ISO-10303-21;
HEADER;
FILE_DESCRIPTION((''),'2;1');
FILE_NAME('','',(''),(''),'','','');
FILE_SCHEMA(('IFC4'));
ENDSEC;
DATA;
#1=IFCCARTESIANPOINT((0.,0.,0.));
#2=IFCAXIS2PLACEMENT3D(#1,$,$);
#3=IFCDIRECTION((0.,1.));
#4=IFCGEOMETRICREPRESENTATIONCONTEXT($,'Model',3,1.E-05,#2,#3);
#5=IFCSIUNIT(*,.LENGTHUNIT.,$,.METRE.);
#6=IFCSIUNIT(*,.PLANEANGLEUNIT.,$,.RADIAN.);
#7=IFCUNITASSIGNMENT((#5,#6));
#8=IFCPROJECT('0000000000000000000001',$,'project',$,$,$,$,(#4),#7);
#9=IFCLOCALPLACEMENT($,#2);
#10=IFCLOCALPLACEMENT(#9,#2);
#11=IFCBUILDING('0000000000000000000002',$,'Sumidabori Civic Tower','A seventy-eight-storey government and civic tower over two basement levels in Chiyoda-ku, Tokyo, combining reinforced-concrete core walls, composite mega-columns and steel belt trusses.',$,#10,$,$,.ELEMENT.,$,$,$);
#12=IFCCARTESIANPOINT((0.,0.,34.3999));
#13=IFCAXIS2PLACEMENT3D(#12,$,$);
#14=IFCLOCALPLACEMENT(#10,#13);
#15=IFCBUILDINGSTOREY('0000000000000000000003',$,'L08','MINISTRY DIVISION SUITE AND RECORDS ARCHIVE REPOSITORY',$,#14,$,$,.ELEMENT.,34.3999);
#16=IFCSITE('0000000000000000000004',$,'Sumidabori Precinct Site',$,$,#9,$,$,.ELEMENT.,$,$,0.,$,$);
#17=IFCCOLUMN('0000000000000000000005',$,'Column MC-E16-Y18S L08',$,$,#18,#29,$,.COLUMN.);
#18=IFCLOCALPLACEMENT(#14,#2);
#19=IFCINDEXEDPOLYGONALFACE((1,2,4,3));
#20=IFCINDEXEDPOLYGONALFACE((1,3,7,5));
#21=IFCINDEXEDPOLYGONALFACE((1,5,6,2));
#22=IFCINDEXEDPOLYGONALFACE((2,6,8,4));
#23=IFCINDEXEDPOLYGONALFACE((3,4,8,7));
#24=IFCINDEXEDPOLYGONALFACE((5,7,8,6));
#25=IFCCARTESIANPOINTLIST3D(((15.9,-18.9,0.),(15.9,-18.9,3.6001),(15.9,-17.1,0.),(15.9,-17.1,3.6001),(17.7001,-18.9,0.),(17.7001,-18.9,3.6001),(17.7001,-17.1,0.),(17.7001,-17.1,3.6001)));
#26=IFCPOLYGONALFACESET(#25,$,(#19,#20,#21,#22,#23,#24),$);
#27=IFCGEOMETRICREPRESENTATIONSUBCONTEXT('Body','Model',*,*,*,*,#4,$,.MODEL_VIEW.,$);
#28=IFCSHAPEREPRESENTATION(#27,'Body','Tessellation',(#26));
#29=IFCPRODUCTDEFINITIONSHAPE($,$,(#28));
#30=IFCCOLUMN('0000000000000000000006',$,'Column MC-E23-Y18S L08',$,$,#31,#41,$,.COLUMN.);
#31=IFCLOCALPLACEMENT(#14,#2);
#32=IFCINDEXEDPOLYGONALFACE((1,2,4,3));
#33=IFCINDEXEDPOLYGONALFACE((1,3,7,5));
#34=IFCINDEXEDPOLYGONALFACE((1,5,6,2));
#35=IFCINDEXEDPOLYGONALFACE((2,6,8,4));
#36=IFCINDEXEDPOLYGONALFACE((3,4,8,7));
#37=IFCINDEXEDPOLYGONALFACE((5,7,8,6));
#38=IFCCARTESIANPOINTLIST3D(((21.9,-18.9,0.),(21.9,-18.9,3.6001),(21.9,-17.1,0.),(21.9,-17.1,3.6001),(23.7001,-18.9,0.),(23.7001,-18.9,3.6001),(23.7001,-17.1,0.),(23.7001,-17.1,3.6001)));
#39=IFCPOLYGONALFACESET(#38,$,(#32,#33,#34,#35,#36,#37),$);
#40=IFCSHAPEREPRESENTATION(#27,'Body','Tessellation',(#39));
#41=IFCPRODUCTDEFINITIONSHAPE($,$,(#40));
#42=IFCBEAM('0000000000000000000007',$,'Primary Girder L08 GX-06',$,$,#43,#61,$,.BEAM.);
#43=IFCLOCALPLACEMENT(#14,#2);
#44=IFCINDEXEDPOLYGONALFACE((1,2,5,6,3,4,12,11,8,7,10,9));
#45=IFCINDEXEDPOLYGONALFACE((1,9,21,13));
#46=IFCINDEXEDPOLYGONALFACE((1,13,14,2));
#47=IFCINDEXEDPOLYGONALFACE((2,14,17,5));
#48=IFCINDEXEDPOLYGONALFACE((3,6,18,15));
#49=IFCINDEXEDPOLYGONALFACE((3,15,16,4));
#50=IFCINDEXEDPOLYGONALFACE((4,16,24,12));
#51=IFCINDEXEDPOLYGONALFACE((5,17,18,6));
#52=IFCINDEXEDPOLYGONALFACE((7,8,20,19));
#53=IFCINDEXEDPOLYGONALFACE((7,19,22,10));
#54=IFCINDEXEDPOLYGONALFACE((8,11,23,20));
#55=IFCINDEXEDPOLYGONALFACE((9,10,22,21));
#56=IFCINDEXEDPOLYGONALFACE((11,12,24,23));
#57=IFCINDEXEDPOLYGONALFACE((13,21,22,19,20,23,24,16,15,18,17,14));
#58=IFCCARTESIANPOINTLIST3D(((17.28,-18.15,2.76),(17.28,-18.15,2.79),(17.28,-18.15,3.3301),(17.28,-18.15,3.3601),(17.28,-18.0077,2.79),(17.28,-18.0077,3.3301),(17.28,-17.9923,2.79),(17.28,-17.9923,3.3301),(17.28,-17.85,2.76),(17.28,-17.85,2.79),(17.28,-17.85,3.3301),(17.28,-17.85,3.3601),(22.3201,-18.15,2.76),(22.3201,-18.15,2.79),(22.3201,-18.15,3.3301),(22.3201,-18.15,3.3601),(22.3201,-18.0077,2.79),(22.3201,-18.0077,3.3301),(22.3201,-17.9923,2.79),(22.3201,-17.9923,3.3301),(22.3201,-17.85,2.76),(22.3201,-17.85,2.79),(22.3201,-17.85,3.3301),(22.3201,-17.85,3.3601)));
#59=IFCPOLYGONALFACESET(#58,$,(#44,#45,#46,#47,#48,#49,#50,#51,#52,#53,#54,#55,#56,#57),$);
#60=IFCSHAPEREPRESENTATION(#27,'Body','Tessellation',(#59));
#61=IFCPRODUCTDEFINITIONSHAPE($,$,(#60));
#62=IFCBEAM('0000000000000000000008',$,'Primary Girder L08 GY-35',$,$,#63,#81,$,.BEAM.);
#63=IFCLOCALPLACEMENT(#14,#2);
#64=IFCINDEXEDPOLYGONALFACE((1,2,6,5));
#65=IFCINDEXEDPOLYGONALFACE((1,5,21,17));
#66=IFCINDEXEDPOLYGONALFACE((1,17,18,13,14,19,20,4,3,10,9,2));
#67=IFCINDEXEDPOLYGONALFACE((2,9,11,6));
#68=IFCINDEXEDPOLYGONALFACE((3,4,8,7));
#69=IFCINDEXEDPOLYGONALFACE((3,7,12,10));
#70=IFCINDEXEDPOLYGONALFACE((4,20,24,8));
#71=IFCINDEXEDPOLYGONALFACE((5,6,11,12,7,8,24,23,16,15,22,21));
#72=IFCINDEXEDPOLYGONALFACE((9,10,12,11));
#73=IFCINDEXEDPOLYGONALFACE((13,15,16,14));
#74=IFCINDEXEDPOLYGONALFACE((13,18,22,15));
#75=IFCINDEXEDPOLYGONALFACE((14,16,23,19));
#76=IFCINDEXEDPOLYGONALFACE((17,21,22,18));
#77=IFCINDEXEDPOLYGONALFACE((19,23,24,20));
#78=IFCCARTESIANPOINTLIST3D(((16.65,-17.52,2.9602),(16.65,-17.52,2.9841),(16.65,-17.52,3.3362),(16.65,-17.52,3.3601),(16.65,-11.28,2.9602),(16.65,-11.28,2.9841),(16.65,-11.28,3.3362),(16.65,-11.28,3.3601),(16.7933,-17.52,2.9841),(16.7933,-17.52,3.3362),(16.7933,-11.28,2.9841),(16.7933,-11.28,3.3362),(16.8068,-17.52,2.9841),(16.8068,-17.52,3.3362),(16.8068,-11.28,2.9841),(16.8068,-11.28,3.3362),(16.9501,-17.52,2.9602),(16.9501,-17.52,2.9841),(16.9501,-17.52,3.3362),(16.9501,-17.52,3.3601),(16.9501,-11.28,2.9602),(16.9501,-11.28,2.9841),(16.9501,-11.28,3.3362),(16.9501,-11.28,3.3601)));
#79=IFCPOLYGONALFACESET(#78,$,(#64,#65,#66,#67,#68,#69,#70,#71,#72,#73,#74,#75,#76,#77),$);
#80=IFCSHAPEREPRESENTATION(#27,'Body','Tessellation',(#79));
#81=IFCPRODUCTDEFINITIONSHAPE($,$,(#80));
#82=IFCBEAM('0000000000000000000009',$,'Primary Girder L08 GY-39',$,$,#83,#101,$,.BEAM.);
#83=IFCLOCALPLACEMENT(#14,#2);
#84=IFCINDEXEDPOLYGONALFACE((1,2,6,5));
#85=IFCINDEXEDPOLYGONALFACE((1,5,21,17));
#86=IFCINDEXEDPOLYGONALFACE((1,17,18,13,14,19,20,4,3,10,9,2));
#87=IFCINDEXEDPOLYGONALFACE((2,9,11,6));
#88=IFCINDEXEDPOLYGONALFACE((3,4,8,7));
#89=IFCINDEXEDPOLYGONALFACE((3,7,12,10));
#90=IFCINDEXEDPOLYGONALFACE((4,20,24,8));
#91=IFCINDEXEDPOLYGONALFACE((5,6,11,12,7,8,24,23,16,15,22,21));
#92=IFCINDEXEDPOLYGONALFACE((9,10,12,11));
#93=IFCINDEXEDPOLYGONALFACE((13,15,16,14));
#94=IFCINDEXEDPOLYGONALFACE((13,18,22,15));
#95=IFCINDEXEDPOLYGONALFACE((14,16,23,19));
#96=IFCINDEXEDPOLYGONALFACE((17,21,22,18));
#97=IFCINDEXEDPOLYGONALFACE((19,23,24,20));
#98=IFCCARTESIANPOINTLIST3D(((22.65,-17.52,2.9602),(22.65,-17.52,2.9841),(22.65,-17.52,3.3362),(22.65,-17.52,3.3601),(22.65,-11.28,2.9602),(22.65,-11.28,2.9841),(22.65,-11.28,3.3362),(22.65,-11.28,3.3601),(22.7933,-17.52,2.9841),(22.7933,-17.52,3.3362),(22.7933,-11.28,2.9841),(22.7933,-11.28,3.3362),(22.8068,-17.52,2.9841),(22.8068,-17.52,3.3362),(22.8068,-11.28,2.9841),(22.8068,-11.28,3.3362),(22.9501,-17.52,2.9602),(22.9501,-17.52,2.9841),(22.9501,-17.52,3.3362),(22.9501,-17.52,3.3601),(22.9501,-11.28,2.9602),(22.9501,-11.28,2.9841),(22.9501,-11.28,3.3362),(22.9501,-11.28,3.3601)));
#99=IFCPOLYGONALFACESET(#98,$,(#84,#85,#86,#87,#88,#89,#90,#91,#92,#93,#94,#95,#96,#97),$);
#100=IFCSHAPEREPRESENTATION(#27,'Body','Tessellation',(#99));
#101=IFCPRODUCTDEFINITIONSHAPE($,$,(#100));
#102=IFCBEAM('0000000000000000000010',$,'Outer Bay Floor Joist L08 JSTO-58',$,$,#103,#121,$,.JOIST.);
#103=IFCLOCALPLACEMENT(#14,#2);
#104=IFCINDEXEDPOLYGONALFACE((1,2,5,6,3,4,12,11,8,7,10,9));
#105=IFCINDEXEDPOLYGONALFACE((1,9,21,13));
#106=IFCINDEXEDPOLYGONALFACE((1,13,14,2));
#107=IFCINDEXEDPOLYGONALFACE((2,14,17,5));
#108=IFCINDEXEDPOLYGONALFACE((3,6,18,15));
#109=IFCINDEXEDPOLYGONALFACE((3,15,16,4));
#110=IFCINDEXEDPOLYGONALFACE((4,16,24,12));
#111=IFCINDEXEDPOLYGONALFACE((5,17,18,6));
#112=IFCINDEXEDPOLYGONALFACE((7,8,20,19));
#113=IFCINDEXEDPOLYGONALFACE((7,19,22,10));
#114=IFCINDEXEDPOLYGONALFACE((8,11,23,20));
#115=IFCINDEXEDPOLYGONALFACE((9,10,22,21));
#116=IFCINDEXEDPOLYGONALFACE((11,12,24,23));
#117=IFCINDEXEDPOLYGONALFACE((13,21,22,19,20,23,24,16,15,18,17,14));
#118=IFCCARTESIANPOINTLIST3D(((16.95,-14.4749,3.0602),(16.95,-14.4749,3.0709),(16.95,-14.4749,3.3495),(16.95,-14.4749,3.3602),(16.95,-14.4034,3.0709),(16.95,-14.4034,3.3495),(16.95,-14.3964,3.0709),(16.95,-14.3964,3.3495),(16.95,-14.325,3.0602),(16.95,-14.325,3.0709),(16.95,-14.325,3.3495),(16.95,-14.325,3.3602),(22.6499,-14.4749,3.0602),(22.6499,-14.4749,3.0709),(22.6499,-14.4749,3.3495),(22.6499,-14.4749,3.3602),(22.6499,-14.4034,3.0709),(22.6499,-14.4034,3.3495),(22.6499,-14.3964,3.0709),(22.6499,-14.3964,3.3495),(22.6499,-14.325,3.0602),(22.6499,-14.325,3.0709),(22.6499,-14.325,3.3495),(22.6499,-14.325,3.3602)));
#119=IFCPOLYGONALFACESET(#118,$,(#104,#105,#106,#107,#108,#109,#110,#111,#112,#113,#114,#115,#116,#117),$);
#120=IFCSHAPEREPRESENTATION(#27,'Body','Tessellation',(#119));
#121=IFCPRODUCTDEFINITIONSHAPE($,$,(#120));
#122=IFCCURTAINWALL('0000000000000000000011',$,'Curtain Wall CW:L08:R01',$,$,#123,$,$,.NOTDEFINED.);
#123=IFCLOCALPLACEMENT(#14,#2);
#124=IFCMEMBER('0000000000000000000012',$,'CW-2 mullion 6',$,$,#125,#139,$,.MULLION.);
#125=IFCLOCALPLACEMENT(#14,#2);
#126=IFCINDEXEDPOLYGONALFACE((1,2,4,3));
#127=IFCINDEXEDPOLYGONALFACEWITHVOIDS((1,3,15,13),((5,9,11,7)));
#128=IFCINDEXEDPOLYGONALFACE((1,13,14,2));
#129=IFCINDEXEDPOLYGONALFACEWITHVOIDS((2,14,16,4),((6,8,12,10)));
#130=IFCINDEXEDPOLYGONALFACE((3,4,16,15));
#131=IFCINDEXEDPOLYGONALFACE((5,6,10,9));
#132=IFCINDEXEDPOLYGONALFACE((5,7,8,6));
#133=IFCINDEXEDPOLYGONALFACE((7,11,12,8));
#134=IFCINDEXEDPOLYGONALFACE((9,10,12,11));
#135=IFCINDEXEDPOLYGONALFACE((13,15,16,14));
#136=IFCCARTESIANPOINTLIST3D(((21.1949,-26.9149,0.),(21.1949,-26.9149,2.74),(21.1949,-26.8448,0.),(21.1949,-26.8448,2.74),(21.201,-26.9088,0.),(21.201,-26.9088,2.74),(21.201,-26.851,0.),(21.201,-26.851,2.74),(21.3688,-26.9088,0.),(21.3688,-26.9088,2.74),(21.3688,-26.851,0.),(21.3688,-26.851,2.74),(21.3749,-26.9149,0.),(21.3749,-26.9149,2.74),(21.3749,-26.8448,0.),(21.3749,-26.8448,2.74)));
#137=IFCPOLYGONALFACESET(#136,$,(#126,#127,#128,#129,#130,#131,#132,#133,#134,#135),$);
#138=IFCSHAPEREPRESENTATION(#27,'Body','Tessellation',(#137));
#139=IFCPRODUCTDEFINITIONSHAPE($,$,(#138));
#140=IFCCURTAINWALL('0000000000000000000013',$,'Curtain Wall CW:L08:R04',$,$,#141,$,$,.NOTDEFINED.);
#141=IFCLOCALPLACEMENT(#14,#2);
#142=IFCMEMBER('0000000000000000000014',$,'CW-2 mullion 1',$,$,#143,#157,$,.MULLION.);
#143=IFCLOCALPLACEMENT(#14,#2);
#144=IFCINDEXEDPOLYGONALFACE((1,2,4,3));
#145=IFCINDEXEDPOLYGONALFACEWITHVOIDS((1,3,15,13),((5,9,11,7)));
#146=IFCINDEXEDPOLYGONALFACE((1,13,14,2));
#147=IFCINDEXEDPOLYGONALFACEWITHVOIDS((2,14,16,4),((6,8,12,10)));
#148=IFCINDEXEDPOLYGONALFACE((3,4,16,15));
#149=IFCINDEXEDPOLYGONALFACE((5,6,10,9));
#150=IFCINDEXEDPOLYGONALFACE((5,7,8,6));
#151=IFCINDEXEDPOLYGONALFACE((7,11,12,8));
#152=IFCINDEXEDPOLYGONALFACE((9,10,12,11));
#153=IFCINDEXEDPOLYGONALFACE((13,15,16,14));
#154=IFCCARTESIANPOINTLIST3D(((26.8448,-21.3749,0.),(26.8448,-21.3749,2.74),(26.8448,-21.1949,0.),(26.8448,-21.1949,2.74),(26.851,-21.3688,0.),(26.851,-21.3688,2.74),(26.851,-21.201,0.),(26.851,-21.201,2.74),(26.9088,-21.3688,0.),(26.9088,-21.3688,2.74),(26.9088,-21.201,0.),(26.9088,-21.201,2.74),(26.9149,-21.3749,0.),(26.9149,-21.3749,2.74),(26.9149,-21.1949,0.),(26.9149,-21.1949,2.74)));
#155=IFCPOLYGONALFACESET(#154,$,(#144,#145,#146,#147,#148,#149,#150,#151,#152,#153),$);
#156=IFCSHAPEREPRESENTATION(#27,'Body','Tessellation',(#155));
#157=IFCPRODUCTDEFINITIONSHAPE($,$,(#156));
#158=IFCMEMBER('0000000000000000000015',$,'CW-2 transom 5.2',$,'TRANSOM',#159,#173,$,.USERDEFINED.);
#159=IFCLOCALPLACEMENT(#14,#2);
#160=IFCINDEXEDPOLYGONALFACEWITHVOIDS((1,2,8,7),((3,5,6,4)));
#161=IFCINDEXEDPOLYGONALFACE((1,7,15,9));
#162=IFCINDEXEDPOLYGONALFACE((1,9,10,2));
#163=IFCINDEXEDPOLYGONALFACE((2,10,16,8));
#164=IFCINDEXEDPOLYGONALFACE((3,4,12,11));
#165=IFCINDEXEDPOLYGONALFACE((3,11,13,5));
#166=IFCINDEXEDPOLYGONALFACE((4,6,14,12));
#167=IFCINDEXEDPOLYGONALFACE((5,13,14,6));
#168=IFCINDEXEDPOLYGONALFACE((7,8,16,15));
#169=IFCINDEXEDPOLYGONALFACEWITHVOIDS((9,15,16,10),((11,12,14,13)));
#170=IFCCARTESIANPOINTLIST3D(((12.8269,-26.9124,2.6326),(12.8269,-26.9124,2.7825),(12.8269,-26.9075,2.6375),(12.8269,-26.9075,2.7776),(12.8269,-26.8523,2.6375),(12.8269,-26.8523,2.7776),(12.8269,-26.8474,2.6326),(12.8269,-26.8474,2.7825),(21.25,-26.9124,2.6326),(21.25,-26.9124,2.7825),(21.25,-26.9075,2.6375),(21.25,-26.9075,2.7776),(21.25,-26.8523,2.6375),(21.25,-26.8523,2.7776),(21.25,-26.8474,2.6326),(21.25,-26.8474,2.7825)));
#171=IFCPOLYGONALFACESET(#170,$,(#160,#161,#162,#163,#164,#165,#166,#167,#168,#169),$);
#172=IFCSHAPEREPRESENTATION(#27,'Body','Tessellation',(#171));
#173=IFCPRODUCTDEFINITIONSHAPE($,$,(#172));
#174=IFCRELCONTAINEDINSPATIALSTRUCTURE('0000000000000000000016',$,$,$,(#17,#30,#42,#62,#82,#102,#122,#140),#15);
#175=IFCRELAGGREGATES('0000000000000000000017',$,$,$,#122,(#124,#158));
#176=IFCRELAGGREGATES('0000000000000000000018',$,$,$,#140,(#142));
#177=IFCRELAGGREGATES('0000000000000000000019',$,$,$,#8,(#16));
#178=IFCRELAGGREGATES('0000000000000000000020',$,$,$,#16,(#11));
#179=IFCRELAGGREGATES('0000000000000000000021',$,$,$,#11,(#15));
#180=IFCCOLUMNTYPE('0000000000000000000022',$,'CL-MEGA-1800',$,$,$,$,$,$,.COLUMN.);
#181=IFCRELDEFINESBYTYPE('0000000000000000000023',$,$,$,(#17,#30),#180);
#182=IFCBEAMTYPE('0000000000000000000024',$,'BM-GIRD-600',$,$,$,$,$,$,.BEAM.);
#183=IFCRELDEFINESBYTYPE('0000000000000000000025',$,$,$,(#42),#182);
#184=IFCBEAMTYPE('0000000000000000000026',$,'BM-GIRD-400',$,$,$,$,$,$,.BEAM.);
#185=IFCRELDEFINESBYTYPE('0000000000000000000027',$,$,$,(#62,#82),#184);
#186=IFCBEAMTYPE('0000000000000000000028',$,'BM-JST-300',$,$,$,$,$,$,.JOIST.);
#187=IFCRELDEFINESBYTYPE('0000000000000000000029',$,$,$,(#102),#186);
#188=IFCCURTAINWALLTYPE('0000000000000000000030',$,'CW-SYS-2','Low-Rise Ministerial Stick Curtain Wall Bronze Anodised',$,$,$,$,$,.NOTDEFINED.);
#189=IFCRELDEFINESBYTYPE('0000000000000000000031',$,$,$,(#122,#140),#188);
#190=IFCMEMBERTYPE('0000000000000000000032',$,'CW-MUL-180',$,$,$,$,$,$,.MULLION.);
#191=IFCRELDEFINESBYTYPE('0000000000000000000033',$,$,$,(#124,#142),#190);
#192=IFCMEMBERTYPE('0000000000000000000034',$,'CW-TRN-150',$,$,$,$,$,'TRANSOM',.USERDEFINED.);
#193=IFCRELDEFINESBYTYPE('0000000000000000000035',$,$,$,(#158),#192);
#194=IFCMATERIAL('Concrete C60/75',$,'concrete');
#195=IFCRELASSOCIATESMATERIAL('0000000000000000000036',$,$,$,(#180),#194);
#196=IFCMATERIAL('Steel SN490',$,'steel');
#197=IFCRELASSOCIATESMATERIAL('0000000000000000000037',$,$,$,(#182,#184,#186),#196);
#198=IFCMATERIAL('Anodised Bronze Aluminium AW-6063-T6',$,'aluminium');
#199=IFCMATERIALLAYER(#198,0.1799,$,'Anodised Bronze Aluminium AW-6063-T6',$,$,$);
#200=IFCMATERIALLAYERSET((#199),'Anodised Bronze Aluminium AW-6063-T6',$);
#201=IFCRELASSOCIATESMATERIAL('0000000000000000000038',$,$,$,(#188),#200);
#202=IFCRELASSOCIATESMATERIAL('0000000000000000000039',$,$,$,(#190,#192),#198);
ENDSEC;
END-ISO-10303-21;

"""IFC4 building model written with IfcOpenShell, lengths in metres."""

from ifc_helpers import new_model, si_unit, direction, frame, origin, origin_2d, place, context, subcontext, project, spatial, rectangle, hollow_rectangle, i_section, extrude, source, transform, mapped, material, layer, layer_set, material_profile, profile_set, type_object, element, aggregate, save


model = new_model("IFC4")

# Units and contexts
model_context = context("Model", 3, precision=1e-05, world=origin(), true_north=direction((0.0, 1.0)))
body_context = subcontext(model_context, "Body", "Model", "MODEL_VIEW")
ifc_project = project(units=[si_unit("LENGTHUNIT", "METRE"), si_unit("PLANEANGLEUNIT", "RADIAN")], contexts=[model_context])

# Site, building, storey
site_placement = place(None, origin())
site = spatial("IfcSite", under=ifc_project, at=site_placement, Name="Sumidabori Precinct Site", CompositionType="ELEMENT", RefElevation=0.0)
building_placement = place(site_placement, origin())
building = spatial("IfcBuilding", under=site, at=building_placement, Name="Sumidabori Civic Tower", Description="A seventy-eight-storey government and civic tower over two basement levels in Chiyoda-ku, Tokyo, combining reinforced-concrete core walls, composite mega-columns and steel belt trusses.", CompositionType="ELEMENT")
storey_placement = place(building_placement, frame((0.0, 0.0, 34.3999)))
storey = spatial("IfcBuildingStorey", under=building, at=storey_placement, Name="L08", Description="MINISTRY DIVISION SUITE AND RECORDS ARCHIVE REPOSITORY", CompositionType="ELEMENT", Elevation=34.3999)

# Columns
ifc_material_1 = material(Name="Concrete C60/75", Category="concrete")
ifc_material_profile_1 = material_profile(ifc_material_1, rectangle(XDim=1.8, YDim=1.8, at=origin_2d()), Name="RC 1800x1800")
ifc_profile_set_1 = profile_set([ifc_material_profile_1], Name="Concrete C60/75")
column_type = type_object("IfcColumnType", Name="CL-MEGA-1800", PredefinedType="COLUMN", material=ifc_profile_set_1)
shared_shape_1 = source(origin(), body_context, "Body", "SweptSolid", [
    extrude(rectangle(XDim=1.8, YDim=1.8, at=origin_2d()), origin(), (0.0, 0.0, 1.0), 3.6001),
])
for number, where, z_axis, x_axis, name in (
    (1, (16.8, -18.0, 0.0), (0.0, 0.0, 1.0), (1.0, 0.0, 0.0), "Column MC-E16-Y18S L08"),
    (2, (22.8, -18.0, 0.0), (0.0, 0.0, 1.0), (1.0, 0.0, 0.0), "Column MC-E23-Y18S L08"),
):
    element("IfcColumn", number, at=place(storey_placement, frame(where, z_axis=z_axis, x_axis=x_axis)), inside=storey, type_object=column_type, Name=name, PredefinedType="COLUMN", context=body_context, shape_type="MappedRepresentation", body=[
        mapped(shared_shape_1, transform((0.0, 0.0, 0.0), x_axis=(1.0, 0.0, 0.0), y_axis=(0.0, 1.0, 0.0), z_axis=(0.0, 0.0, 1.0), scale=1.0)),
    ])

# Beams
ifc_material_2 = material(Name="Steel SN490", Category="steel")
ifc_material_profile_2 = material_profile(ifc_material_2, i_section(OverallWidth=0.3, OverallDepth=0.6001, WebThickness=0.0154, FlangeThickness=0.03, at=origin_2d()), Name="HE 600 B")
ifc_profile_set_2 = profile_set([ifc_material_profile_2], Name="Steel SN490")
beam_type_1 = type_object("IfcBeamType", Name="BM-GIRD-600", PredefinedType="BEAM", material=ifc_profile_set_2)
shared_shape_2 = source(origin(), body_context, "Body", "SweptSolid", [
    extrude(i_section(OverallWidth=0.3, OverallDepth=0.6001, WebThickness=0.0154, FlangeThickness=0.03, at=origin_2d()), origin(), (0.0, 0.0, 1.0), 5.04),
])
beam_1_placement = place(storey_placement, frame((17.28, -18.0, 3.0601), z_axis=(1.0, 0.0, 0.0), x_axis=(0.0, 1.0, 0.0)))
element("IfcBeam", 3, at=beam_1_placement, inside=storey, type_object=beam_type_1, Name="Primary Girder L08 GX-06", PredefinedType="BEAM", context=body_context, shape_type="MappedRepresentation", body=[
    mapped(shared_shape_2, transform((0.0, 0.0, 0.0), x_axis=(1.0, 0.0, 0.0), y_axis=(0.0, 1.0, 0.0), z_axis=(0.0, 0.0, 1.0), scale=1.0)),
])
ifc_material_profile_3 = material_profile(ifc_material_2, i_section(OverallWidth=0.3, OverallDepth=0.3999, WebThickness=0.0134, FlangeThickness=0.0239, at=origin_2d()), Name="HE 400 B")
ifc_profile_set_3 = profile_set([ifc_material_profile_3], Name="Steel SN490")
beam_type_2 = type_object("IfcBeamType", Name="BM-GIRD-400", PredefinedType="BEAM", material=ifc_profile_set_3)
shared_shape_3 = source(origin(), body_context, "Body", "SweptSolid", [
    extrude(i_section(OverallWidth=0.3, OverallDepth=0.3999, WebThickness=0.0134, FlangeThickness=0.0239, at=origin_2d()), origin(), (0.0, 0.0, 1.0), 6.24),
])
for number, where, z_axis, x_axis, name in (
    (4, (16.8, -17.52, 3.1602), (0.0, 1.0, 0.0), (-1.0, 0.0, 0.0), "Primary Girder L08 GY-35"),
    (5, (22.8, -17.52, 3.1602), (0.0, 1.0, 0.0), (-1.0, 0.0, 0.0), "Primary Girder L08 GY-39"),
):
    element("IfcBeam", number, at=place(storey_placement, frame(where, z_axis=z_axis, x_axis=x_axis)), inside=storey, type_object=beam_type_2, Name=name, PredefinedType="BEAM", context=body_context, shape_type="MappedRepresentation", body=[
        mapped(shared_shape_3, transform((0.0, 0.0, 0.0), x_axis=(1.0, 0.0, 0.0), y_axis=(0.0, 1.0, 0.0), z_axis=(0.0, 0.0, 1.0), scale=1.0)),
    ])
ifc_material_profile_4 = material_profile(ifc_material_2, i_section(OverallWidth=0.1499, OverallDepth=0.3, WebThickness=0.0071, FlangeThickness=0.0107, at=origin_2d()), Name="IPE 300")
ifc_profile_set_4 = profile_set([ifc_material_profile_4], Name="Steel SN490")
beam_type_3 = type_object("IfcBeamType", Name="BM-JST-300", PredefinedType="JOIST", material=ifc_profile_set_4)
shared_shape_4 = source(origin(), body_context, "Body", "SweptSolid", [
    extrude(i_section(OverallWidth=0.1499, OverallDepth=0.3, WebThickness=0.0071, FlangeThickness=0.0107, at=origin_2d()), origin(), (0.0, 0.0, 1.0), 5.7),
])
beam_2_placement = place(storey_placement, frame((16.95, -14.3999, 3.2102), z_axis=(1.0, 0.0, 0.0), x_axis=(0.0, 1.0, 0.0)))
element("IfcBeam", 6, at=beam_2_placement, inside=storey, type_object=beam_type_3, Name="Outer Bay Floor Joist L08 JSTO-58", PredefinedType="JOIST", context=body_context, shape_type="MappedRepresentation", body=[
    mapped(shared_shape_4, transform((0.0, 0.0, 0.0), x_axis=(1.0, 0.0, 0.0), y_axis=(0.0, 1.0, 0.0), z_axis=(0.0, 0.0, 1.0), scale=1.0)),
])

# Curtain walls, members
ifc_material_3 = material(Name="Anodised Bronze Aluminium AW-6063-T6", Category="aluminium")
ifc_layer_1 = layer(ifc_material_3, 0.1799, Name="Anodised Bronze Aluminium AW-6063-T6")
ifc_layer_set_1 = layer_set([ifc_layer_1], Name="Anodised Bronze Aluminium AW-6063-T6")
curtain_wall_type = type_object("IfcCurtainWallType", Name="CW-SYS-2", Description="Low-Rise Ministerial Stick Curtain Wall Bronze Anodised", PredefinedType="NOTDEFINED", material=ifc_layer_set_1)
curtain_wall_1_placement = place(storey_placement, origin())
curtain_wall_1 = element("IfcCurtainWall", 7, at=curtain_wall_1_placement, inside=storey, type_object=curtain_wall_type, Name="Curtain Wall CW:L08:R01", PredefinedType="NOTDEFINED")
ifc_material_profile_5 = material_profile(ifc_material_3, hollow_rectangle(XDim=0.0701, YDim=0.1799, WallThickness=0.0061, at=origin_2d()), Name="ALU MULLION 180x70")
ifc_profile_set_5 = profile_set([ifc_material_profile_5], Name="Anodised Bronze Aluminium AW-6063-T6")
member_type_1 = type_object("IfcMemberType", Name="CW-MUL-180", PredefinedType="MULLION", material=ifc_profile_set_5)
shared_shape_5 = source(origin(), body_context, "Body", "SweptSolid", [
    extrude(hollow_rectangle(XDim=0.0701, YDim=0.1799, WallThickness=0.0061, at=origin_2d()), origin(), (0.0, 0.0, 1.0), 2.74),
])
member_1_placement = place(storey_placement, frame((21.2849, -26.8799, 0.0), z_axis=(0.0, 0.0, 1.0), x_axis=(0.0, 1.0, 0.0)))
member_1 = element("IfcMember", 8, at=member_1_placement, type_object=member_type_1, Name="CW-2 mullion 6", PredefinedType="MULLION", context=body_context, shape_type="MappedRepresentation", body=[
    mapped(shared_shape_5, transform((0.0, 0.0, 0.0), x_axis=(1.0, 0.0, 0.0), y_axis=(0.0, 1.0, 0.0), z_axis=(0.0, 0.0, 1.0), scale=1.0)),
])
curtain_wall_2_placement = place(storey_placement, origin())
curtain_wall_2 = element("IfcCurtainWall", 9, at=curtain_wall_2_placement, inside=storey, type_object=curtain_wall_type, Name="Curtain Wall CW:L08:R04", PredefinedType="NOTDEFINED")
member_2_placement = place(storey_placement, frame((26.8799, -21.2849, 0.0), z_axis=(0.0, 0.0, 1.0), x_axis=(-1.0, 0.0, 0.0)))
member_2 = element("IfcMember", 10, at=member_2_placement, type_object=member_type_1, Name="CW-2 mullion 1", PredefinedType="MULLION", context=body_context, shape_type="MappedRepresentation", body=[
    mapped(shared_shape_5, transform((0.0, 0.0, 0.0), x_axis=(1.0, 0.0, 0.0), y_axis=(0.0, 1.0, 0.0), z_axis=(0.0, 0.0, 1.0), scale=1.0)),
])

# Member
ifc_material_profile_6 = material_profile(ifc_material_3, hollow_rectangle(XDim=0.0649, YDim=0.1499, WallThickness=0.0049, at=origin_2d()), Name="ALU TRANSOM 150x65")
ifc_profile_set_6 = profile_set([ifc_material_profile_6], Name="Anodised Bronze Aluminium AW-6063-T6")
member_type_2 = type_object("IfcMemberType", Name="CW-TRN-150", ElementType="TRANSOM", PredefinedType="USERDEFINED", material=ifc_profile_set_6)
shared_shape_6 = source(origin(), body_context, "Body", "SweptSolid", [
    extrude(hollow_rectangle(XDim=0.0649, YDim=0.1499, WallThickness=0.0049, at=origin_2d()), origin(), (0.0, 0.0, 1.0), 8.4231),
])
member_3_placement = place(storey_placement, frame((12.8269, -26.8799, 2.7075), z_axis=(1.0, 0.0, 0.0), x_axis=(0.0, 1.0, 0.0)))
member_3 = element("IfcMember", 11, at=member_3_placement, type_object=member_type_2, Name="CW-2 transom 5.2", ObjectType="TRANSOM", PredefinedType="USERDEFINED", context=body_context, shape_type="MappedRepresentation", body=[
    mapped(shared_shape_6, transform((0.0, 0.0, 0.0), x_axis=(1.0, 0.0, 0.0), y_axis=(0.0, 1.0, 0.0), z_axis=(0.0, 0.0, 1.0), scale=1.0)),
])

aggregate(curtain_wall_1, [member_1, member_3])
aggregate(curtain_wall_2, [member_2])

save(model, "model.ifc")
